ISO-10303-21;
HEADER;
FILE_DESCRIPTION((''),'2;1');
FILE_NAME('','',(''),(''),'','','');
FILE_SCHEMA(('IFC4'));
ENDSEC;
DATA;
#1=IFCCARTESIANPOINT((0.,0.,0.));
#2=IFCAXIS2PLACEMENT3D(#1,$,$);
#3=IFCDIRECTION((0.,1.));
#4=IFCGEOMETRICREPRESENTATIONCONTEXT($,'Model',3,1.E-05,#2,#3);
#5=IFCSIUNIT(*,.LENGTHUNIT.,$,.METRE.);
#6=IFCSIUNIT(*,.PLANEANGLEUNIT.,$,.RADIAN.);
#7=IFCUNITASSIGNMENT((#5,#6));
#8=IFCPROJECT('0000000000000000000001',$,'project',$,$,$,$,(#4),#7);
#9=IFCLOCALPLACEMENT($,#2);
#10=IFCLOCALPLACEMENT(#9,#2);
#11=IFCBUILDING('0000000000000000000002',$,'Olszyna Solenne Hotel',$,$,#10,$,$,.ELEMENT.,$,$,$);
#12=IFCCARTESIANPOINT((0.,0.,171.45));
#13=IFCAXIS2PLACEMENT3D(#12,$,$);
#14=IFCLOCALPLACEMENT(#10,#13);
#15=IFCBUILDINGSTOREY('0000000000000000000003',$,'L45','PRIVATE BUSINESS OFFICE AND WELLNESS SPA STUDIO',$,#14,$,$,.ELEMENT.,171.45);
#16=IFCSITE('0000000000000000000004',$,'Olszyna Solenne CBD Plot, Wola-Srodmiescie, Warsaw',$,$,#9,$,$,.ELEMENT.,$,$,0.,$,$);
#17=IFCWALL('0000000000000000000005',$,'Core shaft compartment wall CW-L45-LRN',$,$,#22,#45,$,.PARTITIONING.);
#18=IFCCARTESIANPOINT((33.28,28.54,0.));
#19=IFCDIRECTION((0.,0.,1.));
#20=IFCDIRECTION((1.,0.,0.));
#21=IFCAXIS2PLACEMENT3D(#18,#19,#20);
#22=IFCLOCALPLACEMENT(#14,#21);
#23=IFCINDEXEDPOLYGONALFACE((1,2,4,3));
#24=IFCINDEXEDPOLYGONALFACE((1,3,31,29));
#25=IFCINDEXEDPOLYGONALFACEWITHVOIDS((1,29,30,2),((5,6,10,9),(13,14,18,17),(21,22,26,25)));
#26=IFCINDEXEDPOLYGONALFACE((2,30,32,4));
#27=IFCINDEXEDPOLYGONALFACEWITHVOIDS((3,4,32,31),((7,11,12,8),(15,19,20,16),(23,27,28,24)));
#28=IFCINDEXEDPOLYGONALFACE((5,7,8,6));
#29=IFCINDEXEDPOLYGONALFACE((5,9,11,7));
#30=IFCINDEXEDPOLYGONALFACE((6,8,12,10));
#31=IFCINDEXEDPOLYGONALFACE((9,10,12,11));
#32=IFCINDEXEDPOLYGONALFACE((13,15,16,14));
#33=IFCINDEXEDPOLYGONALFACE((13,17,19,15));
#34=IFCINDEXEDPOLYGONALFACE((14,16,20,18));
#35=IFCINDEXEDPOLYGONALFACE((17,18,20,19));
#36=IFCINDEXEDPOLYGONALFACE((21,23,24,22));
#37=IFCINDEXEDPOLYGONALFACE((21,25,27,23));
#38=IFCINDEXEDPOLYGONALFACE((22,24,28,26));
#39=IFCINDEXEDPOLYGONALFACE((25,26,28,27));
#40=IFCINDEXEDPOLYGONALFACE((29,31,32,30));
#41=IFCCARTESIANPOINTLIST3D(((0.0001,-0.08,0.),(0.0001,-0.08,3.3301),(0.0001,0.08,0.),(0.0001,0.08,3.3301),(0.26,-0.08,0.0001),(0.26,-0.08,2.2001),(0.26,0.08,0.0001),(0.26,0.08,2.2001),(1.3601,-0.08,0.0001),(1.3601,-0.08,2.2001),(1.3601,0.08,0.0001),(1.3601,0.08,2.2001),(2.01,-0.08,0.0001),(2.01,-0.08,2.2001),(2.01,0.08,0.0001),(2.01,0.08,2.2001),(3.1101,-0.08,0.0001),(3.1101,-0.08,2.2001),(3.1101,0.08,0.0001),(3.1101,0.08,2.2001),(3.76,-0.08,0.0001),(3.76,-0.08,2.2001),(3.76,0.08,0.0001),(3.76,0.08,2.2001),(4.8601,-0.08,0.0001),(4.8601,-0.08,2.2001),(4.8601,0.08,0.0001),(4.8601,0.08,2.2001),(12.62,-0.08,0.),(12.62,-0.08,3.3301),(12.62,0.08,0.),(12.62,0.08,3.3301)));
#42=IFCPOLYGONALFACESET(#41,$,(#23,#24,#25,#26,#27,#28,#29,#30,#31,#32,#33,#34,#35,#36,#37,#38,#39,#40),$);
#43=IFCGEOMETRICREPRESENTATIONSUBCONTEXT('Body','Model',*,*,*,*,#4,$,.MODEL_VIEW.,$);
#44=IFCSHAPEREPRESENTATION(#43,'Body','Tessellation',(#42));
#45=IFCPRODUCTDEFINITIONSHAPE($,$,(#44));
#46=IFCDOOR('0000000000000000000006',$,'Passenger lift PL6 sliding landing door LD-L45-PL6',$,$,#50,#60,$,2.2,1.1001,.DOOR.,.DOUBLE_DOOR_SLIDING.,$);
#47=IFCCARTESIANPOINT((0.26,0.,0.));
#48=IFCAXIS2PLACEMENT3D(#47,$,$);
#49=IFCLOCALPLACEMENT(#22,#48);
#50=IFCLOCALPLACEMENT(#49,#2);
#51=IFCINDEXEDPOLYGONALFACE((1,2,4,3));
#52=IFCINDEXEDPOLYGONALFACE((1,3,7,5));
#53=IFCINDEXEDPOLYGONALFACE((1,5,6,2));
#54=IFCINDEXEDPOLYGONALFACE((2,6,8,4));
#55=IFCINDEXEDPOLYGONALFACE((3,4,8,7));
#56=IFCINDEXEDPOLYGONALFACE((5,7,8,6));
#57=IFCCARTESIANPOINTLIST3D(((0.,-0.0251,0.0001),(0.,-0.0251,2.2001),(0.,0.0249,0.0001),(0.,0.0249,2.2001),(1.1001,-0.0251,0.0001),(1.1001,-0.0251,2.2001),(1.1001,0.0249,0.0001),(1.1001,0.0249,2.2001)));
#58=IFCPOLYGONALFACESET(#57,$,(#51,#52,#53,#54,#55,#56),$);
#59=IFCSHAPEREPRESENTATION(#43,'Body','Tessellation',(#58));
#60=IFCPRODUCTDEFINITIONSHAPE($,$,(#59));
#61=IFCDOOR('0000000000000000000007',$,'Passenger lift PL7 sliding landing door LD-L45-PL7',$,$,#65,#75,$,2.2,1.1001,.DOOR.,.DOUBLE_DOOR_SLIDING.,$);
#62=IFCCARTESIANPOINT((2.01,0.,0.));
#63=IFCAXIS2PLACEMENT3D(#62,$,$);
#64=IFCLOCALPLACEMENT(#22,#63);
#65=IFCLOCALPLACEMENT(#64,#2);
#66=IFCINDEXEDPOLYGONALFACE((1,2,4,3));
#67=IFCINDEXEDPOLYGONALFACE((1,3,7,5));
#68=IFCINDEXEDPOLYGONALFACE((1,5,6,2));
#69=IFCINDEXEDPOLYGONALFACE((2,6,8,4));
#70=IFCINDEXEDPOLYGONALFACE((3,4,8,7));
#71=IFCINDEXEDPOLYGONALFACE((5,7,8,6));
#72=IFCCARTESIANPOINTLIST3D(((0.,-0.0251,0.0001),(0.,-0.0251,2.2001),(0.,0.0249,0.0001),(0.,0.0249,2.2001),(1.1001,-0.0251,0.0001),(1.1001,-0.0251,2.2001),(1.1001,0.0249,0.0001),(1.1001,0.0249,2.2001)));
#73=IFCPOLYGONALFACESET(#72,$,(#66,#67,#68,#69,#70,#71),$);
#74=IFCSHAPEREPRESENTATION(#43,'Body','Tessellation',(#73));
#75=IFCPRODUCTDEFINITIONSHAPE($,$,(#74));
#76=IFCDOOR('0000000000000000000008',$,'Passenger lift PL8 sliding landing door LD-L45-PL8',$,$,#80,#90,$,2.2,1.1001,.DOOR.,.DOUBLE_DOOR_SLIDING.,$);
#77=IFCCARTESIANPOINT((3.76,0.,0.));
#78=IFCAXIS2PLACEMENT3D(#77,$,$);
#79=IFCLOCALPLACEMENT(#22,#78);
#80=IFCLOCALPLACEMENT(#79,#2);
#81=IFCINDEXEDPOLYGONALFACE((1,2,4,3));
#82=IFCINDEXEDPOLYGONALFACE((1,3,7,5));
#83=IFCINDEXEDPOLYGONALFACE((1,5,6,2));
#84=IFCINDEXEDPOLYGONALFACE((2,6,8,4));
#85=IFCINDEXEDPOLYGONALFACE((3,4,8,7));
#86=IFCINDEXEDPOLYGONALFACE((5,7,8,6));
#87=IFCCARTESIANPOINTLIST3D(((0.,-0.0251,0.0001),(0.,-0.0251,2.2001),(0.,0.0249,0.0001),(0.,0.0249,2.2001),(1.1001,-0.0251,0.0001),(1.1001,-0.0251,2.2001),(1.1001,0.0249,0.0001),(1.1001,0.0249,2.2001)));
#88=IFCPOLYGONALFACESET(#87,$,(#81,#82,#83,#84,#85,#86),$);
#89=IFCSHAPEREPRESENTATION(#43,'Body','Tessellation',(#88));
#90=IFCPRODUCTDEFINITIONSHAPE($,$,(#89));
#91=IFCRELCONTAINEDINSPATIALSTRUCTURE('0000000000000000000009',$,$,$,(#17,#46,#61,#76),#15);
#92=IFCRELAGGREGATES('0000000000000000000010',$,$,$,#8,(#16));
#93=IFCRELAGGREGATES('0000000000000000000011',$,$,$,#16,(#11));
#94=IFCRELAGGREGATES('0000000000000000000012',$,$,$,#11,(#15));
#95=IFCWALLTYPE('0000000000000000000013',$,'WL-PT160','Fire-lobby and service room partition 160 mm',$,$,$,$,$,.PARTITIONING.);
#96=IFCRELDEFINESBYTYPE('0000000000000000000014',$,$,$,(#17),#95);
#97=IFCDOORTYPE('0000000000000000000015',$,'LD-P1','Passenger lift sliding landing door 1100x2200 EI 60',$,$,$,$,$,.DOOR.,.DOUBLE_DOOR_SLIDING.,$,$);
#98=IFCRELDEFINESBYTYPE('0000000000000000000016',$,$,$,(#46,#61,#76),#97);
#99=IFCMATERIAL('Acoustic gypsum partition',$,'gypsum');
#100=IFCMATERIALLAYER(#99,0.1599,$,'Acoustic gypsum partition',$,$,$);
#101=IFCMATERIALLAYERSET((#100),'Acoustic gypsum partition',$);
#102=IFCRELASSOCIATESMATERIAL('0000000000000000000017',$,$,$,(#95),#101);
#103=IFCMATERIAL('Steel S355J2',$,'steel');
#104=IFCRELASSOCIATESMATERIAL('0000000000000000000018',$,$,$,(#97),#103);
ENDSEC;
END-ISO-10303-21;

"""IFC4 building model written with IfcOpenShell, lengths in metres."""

from ifc_helpers import new_model, si_unit, direction, frame, frame_2d, origin, place, context, subcontext, project, spatial, rectangle, extrude, source, transform, mapped, material, layer, layer_set, type_object, type_shapes, element, fill, save


model = new_model("IFC4")

# Units and contexts
model_context = context("Model", 3, precision=1e-05, world=origin(), true_north=direction((0.0, 1.0)))
body_context = subcontext(model_context, "Body", "Model", "MODEL_VIEW")
ifc_project = project(units=[si_unit("LENGTHUNIT", "METRE"), si_unit("PLANEANGLEUNIT", "RADIAN")], contexts=[model_context])

# Site, building, storey
site_placement = place(None, origin())
site = spatial("IfcSite", under=ifc_project, at=site_placement, Name="Olszyna Solenne CBD Plot, Wola-Srodmiescie, Warsaw", CompositionType="ELEMENT", RefElevation=0.0)
building_placement = place(site_placement, origin())
building = spatial("IfcBuilding", under=site, at=building_placement, Name="Olszyna Solenne Hotel", CompositionType="ELEMENT")
storey_placement = place(building_placement, frame((0.0, 0.0, 171.45)))
storey = spatial("IfcBuildingStorey", under=building, at=storey_placement, Name="L45", Description="PRIVATE BUSINESS OFFICE AND WELLNESS SPA STUDIO", CompositionType="ELEMENT", Elevation=171.45)

# Shared definitions
ifc_material_1 = material(Name="Steel S355J2", Category="steel")

# Shared definitions
ifc_material_2 = material(Name="Acoustic gypsum partition", Category="gypsum")
ifc_layer_1 = layer(ifc_material_2, 0.1599, Name="Acoustic gypsum partition")
ifc_layer_set_1 = layer_set([ifc_layer_1], Name="Acoustic gypsum partition")
wall_type_1 = type_object("IfcWallType", Name="WL-PT160", Description="Fire-lobby and service room partition 160 mm", PredefinedType="PARTITIONING", material=ifc_layer_set_1)

# Wall, openings, doors
door_type_1 = type_object("IfcDoorType", Name="LD-P1", Description="Passenger lift sliding landing door 1100x2200 EI 60", OperationType="DOUBLE_DOOR_SLIDING", PredefinedType="DOOR", material=ifc_material_1)
shared_shape_1 = source(origin(), body_context, "Body", "SweptSolid", [
    extrude(rectangle(XDim=1.1001, YDim=2.2, at=frame_2d((0.55, 1.1001))), frame((0.0, 0.0249, 0.0), z_axis=(0.0, -1.0, 0.0), x_axis=(1.0, 0.0, 0.0)), (0.0, 0.0, 1.0), 0.05),
])
type_shapes(door_type_1, [shared_shape_1])
wall_1_placement = place(storey_placement, frame((33.28, 28.54, 0.0), z_axis=(0.0, 0.0, 1.0), x_axis=(1.0, 0.0, 0.0)))
wall_1 = element("IfcWall", 1, at=wall_1_placement, inside=storey, type_object=wall_type_1, Name="Core shaft compartment wall CW-L45-LRN", PredefinedType="PARTITIONING", context=body_context, shape_type="SweptSolid", body=[
    extrude(rectangle(XDim=12.6199, YDim=0.1599, at=frame_2d((6.3101, 0.0))), origin(), (0.0, 0.0, 1.0), 3.3301),
])
opening_1_placement = place(wall_1_placement, frame((0.26, 0.0, 0.0)))
opening_1 = element("IfcOpeningElement", 2, at=opening_1_placement, cuts=wall_1, PredefinedType="OPENING", context=body_context, shape_type="SweptSolid", body=[
    extrude(rectangle(XDim=1.1001, YDim=2.2, at=frame_2d((0.55, 1.1001))), frame((0.0, 0.0898, 0.0), z_axis=(0.0, -1.0, 0.0), x_axis=(1.0, 0.0, 0.0)), (0.0, 0.0, 1.0), 0.1799),
])
opening_2_placement = place(wall_1_placement, frame((2.01, 0.0, 0.0)))
opening_2 = element("IfcOpeningElement", 3, at=opening_2_placement, cuts=wall_1, PredefinedType="OPENING", context=body_context, shape_type="SweptSolid", body=[
    extrude(rectangle(XDim=1.1001, YDim=2.2, at=frame_2d((0.55, 1.1001))), frame((0.0, 0.0898, 0.0), z_axis=(0.0, -1.0, 0.0), x_axis=(1.0, 0.0, 0.0)), (0.0, 0.0, 1.0), 0.1799),
])
opening_3_placement = place(wall_1_placement, frame((3.76, 0.0, 0.0)))
opening_3 = element("IfcOpeningElement", 4, at=opening_3_placement, cuts=wall_1, PredefinedType="OPENING", context=body_context, shape_type="SweptSolid", body=[
    extrude(rectangle(XDim=1.1001, YDim=2.2, at=frame_2d((0.55, 1.1001))), frame((0.0, 0.0898, 0.0), z_axis=(0.0, -1.0, 0.0), x_axis=(1.0, 0.0, 0.0)), (0.0, 0.0, 1.0), 0.1799),
])
door_1_placement = place(opening_1_placement, origin())
door_1 = element("IfcDoor", 5, at=door_1_placement, inside=storey, type_object=door_type_1, Name="Passenger lift PL6 sliding landing door LD-L45-PL6", OperationType="DOUBLE_DOOR_SLIDING", OverallHeight=2.2, OverallWidth=1.1001, PredefinedType="DOOR", context=body_context, shape_type="MappedRepresentation", body=[
    mapped(shared_shape_1, transform((0.0, 0.0, 0.0), x_axis=(1.0, 0.0, 0.0), y_axis=(0.0, 1.0, 0.0), z_axis=(0.0, 0.0, 1.0), scale=1.0)),
])
fill(opening_1, door_1)
door_2_placement = place(opening_2_placement, origin())
door_2 = element("IfcDoor", 6, at=door_2_placement, inside=storey, type_object=door_type_1, Name="Passenger lift PL7 sliding landing door LD-L45-PL7", OperationType="DOUBLE_DOOR_SLIDING", OverallHeight=2.2, OverallWidth=1.1001, PredefinedType="DOOR", context=body_context, shape_type="MappedRepresentation", body=[
    mapped(shared_shape_1, transform((0.0, 0.0, 0.0), x_axis=(1.0, 0.0, 0.0), y_axis=(0.0, 1.0, 0.0), z_axis=(0.0, 0.0, 1.0), scale=1.0)),
])
fill(opening_2, door_2)
door_3_placement = place(opening_3_placement, origin())
door_3 = element("IfcDoor", 7, at=door_3_placement, inside=storey, type_object=door_type_1, Name="Passenger lift PL8 sliding landing door LD-L45-PL8", OperationType="DOUBLE_DOOR_SLIDING", OverallHeight=2.2, OverallWidth=1.1001, PredefinedType="DOOR", context=body_context, shape_type="MappedRepresentation", body=[
    mapped(shared_shape_1, transform((0.0, 0.0, 0.0), x_axis=(1.0, 0.0, 0.0), y_axis=(0.0, 1.0, 0.0), z_axis=(0.0, 0.0, 1.0), scale=1.0)),
])
fill(opening_3, door_3)

save(model, "model.ifc")
